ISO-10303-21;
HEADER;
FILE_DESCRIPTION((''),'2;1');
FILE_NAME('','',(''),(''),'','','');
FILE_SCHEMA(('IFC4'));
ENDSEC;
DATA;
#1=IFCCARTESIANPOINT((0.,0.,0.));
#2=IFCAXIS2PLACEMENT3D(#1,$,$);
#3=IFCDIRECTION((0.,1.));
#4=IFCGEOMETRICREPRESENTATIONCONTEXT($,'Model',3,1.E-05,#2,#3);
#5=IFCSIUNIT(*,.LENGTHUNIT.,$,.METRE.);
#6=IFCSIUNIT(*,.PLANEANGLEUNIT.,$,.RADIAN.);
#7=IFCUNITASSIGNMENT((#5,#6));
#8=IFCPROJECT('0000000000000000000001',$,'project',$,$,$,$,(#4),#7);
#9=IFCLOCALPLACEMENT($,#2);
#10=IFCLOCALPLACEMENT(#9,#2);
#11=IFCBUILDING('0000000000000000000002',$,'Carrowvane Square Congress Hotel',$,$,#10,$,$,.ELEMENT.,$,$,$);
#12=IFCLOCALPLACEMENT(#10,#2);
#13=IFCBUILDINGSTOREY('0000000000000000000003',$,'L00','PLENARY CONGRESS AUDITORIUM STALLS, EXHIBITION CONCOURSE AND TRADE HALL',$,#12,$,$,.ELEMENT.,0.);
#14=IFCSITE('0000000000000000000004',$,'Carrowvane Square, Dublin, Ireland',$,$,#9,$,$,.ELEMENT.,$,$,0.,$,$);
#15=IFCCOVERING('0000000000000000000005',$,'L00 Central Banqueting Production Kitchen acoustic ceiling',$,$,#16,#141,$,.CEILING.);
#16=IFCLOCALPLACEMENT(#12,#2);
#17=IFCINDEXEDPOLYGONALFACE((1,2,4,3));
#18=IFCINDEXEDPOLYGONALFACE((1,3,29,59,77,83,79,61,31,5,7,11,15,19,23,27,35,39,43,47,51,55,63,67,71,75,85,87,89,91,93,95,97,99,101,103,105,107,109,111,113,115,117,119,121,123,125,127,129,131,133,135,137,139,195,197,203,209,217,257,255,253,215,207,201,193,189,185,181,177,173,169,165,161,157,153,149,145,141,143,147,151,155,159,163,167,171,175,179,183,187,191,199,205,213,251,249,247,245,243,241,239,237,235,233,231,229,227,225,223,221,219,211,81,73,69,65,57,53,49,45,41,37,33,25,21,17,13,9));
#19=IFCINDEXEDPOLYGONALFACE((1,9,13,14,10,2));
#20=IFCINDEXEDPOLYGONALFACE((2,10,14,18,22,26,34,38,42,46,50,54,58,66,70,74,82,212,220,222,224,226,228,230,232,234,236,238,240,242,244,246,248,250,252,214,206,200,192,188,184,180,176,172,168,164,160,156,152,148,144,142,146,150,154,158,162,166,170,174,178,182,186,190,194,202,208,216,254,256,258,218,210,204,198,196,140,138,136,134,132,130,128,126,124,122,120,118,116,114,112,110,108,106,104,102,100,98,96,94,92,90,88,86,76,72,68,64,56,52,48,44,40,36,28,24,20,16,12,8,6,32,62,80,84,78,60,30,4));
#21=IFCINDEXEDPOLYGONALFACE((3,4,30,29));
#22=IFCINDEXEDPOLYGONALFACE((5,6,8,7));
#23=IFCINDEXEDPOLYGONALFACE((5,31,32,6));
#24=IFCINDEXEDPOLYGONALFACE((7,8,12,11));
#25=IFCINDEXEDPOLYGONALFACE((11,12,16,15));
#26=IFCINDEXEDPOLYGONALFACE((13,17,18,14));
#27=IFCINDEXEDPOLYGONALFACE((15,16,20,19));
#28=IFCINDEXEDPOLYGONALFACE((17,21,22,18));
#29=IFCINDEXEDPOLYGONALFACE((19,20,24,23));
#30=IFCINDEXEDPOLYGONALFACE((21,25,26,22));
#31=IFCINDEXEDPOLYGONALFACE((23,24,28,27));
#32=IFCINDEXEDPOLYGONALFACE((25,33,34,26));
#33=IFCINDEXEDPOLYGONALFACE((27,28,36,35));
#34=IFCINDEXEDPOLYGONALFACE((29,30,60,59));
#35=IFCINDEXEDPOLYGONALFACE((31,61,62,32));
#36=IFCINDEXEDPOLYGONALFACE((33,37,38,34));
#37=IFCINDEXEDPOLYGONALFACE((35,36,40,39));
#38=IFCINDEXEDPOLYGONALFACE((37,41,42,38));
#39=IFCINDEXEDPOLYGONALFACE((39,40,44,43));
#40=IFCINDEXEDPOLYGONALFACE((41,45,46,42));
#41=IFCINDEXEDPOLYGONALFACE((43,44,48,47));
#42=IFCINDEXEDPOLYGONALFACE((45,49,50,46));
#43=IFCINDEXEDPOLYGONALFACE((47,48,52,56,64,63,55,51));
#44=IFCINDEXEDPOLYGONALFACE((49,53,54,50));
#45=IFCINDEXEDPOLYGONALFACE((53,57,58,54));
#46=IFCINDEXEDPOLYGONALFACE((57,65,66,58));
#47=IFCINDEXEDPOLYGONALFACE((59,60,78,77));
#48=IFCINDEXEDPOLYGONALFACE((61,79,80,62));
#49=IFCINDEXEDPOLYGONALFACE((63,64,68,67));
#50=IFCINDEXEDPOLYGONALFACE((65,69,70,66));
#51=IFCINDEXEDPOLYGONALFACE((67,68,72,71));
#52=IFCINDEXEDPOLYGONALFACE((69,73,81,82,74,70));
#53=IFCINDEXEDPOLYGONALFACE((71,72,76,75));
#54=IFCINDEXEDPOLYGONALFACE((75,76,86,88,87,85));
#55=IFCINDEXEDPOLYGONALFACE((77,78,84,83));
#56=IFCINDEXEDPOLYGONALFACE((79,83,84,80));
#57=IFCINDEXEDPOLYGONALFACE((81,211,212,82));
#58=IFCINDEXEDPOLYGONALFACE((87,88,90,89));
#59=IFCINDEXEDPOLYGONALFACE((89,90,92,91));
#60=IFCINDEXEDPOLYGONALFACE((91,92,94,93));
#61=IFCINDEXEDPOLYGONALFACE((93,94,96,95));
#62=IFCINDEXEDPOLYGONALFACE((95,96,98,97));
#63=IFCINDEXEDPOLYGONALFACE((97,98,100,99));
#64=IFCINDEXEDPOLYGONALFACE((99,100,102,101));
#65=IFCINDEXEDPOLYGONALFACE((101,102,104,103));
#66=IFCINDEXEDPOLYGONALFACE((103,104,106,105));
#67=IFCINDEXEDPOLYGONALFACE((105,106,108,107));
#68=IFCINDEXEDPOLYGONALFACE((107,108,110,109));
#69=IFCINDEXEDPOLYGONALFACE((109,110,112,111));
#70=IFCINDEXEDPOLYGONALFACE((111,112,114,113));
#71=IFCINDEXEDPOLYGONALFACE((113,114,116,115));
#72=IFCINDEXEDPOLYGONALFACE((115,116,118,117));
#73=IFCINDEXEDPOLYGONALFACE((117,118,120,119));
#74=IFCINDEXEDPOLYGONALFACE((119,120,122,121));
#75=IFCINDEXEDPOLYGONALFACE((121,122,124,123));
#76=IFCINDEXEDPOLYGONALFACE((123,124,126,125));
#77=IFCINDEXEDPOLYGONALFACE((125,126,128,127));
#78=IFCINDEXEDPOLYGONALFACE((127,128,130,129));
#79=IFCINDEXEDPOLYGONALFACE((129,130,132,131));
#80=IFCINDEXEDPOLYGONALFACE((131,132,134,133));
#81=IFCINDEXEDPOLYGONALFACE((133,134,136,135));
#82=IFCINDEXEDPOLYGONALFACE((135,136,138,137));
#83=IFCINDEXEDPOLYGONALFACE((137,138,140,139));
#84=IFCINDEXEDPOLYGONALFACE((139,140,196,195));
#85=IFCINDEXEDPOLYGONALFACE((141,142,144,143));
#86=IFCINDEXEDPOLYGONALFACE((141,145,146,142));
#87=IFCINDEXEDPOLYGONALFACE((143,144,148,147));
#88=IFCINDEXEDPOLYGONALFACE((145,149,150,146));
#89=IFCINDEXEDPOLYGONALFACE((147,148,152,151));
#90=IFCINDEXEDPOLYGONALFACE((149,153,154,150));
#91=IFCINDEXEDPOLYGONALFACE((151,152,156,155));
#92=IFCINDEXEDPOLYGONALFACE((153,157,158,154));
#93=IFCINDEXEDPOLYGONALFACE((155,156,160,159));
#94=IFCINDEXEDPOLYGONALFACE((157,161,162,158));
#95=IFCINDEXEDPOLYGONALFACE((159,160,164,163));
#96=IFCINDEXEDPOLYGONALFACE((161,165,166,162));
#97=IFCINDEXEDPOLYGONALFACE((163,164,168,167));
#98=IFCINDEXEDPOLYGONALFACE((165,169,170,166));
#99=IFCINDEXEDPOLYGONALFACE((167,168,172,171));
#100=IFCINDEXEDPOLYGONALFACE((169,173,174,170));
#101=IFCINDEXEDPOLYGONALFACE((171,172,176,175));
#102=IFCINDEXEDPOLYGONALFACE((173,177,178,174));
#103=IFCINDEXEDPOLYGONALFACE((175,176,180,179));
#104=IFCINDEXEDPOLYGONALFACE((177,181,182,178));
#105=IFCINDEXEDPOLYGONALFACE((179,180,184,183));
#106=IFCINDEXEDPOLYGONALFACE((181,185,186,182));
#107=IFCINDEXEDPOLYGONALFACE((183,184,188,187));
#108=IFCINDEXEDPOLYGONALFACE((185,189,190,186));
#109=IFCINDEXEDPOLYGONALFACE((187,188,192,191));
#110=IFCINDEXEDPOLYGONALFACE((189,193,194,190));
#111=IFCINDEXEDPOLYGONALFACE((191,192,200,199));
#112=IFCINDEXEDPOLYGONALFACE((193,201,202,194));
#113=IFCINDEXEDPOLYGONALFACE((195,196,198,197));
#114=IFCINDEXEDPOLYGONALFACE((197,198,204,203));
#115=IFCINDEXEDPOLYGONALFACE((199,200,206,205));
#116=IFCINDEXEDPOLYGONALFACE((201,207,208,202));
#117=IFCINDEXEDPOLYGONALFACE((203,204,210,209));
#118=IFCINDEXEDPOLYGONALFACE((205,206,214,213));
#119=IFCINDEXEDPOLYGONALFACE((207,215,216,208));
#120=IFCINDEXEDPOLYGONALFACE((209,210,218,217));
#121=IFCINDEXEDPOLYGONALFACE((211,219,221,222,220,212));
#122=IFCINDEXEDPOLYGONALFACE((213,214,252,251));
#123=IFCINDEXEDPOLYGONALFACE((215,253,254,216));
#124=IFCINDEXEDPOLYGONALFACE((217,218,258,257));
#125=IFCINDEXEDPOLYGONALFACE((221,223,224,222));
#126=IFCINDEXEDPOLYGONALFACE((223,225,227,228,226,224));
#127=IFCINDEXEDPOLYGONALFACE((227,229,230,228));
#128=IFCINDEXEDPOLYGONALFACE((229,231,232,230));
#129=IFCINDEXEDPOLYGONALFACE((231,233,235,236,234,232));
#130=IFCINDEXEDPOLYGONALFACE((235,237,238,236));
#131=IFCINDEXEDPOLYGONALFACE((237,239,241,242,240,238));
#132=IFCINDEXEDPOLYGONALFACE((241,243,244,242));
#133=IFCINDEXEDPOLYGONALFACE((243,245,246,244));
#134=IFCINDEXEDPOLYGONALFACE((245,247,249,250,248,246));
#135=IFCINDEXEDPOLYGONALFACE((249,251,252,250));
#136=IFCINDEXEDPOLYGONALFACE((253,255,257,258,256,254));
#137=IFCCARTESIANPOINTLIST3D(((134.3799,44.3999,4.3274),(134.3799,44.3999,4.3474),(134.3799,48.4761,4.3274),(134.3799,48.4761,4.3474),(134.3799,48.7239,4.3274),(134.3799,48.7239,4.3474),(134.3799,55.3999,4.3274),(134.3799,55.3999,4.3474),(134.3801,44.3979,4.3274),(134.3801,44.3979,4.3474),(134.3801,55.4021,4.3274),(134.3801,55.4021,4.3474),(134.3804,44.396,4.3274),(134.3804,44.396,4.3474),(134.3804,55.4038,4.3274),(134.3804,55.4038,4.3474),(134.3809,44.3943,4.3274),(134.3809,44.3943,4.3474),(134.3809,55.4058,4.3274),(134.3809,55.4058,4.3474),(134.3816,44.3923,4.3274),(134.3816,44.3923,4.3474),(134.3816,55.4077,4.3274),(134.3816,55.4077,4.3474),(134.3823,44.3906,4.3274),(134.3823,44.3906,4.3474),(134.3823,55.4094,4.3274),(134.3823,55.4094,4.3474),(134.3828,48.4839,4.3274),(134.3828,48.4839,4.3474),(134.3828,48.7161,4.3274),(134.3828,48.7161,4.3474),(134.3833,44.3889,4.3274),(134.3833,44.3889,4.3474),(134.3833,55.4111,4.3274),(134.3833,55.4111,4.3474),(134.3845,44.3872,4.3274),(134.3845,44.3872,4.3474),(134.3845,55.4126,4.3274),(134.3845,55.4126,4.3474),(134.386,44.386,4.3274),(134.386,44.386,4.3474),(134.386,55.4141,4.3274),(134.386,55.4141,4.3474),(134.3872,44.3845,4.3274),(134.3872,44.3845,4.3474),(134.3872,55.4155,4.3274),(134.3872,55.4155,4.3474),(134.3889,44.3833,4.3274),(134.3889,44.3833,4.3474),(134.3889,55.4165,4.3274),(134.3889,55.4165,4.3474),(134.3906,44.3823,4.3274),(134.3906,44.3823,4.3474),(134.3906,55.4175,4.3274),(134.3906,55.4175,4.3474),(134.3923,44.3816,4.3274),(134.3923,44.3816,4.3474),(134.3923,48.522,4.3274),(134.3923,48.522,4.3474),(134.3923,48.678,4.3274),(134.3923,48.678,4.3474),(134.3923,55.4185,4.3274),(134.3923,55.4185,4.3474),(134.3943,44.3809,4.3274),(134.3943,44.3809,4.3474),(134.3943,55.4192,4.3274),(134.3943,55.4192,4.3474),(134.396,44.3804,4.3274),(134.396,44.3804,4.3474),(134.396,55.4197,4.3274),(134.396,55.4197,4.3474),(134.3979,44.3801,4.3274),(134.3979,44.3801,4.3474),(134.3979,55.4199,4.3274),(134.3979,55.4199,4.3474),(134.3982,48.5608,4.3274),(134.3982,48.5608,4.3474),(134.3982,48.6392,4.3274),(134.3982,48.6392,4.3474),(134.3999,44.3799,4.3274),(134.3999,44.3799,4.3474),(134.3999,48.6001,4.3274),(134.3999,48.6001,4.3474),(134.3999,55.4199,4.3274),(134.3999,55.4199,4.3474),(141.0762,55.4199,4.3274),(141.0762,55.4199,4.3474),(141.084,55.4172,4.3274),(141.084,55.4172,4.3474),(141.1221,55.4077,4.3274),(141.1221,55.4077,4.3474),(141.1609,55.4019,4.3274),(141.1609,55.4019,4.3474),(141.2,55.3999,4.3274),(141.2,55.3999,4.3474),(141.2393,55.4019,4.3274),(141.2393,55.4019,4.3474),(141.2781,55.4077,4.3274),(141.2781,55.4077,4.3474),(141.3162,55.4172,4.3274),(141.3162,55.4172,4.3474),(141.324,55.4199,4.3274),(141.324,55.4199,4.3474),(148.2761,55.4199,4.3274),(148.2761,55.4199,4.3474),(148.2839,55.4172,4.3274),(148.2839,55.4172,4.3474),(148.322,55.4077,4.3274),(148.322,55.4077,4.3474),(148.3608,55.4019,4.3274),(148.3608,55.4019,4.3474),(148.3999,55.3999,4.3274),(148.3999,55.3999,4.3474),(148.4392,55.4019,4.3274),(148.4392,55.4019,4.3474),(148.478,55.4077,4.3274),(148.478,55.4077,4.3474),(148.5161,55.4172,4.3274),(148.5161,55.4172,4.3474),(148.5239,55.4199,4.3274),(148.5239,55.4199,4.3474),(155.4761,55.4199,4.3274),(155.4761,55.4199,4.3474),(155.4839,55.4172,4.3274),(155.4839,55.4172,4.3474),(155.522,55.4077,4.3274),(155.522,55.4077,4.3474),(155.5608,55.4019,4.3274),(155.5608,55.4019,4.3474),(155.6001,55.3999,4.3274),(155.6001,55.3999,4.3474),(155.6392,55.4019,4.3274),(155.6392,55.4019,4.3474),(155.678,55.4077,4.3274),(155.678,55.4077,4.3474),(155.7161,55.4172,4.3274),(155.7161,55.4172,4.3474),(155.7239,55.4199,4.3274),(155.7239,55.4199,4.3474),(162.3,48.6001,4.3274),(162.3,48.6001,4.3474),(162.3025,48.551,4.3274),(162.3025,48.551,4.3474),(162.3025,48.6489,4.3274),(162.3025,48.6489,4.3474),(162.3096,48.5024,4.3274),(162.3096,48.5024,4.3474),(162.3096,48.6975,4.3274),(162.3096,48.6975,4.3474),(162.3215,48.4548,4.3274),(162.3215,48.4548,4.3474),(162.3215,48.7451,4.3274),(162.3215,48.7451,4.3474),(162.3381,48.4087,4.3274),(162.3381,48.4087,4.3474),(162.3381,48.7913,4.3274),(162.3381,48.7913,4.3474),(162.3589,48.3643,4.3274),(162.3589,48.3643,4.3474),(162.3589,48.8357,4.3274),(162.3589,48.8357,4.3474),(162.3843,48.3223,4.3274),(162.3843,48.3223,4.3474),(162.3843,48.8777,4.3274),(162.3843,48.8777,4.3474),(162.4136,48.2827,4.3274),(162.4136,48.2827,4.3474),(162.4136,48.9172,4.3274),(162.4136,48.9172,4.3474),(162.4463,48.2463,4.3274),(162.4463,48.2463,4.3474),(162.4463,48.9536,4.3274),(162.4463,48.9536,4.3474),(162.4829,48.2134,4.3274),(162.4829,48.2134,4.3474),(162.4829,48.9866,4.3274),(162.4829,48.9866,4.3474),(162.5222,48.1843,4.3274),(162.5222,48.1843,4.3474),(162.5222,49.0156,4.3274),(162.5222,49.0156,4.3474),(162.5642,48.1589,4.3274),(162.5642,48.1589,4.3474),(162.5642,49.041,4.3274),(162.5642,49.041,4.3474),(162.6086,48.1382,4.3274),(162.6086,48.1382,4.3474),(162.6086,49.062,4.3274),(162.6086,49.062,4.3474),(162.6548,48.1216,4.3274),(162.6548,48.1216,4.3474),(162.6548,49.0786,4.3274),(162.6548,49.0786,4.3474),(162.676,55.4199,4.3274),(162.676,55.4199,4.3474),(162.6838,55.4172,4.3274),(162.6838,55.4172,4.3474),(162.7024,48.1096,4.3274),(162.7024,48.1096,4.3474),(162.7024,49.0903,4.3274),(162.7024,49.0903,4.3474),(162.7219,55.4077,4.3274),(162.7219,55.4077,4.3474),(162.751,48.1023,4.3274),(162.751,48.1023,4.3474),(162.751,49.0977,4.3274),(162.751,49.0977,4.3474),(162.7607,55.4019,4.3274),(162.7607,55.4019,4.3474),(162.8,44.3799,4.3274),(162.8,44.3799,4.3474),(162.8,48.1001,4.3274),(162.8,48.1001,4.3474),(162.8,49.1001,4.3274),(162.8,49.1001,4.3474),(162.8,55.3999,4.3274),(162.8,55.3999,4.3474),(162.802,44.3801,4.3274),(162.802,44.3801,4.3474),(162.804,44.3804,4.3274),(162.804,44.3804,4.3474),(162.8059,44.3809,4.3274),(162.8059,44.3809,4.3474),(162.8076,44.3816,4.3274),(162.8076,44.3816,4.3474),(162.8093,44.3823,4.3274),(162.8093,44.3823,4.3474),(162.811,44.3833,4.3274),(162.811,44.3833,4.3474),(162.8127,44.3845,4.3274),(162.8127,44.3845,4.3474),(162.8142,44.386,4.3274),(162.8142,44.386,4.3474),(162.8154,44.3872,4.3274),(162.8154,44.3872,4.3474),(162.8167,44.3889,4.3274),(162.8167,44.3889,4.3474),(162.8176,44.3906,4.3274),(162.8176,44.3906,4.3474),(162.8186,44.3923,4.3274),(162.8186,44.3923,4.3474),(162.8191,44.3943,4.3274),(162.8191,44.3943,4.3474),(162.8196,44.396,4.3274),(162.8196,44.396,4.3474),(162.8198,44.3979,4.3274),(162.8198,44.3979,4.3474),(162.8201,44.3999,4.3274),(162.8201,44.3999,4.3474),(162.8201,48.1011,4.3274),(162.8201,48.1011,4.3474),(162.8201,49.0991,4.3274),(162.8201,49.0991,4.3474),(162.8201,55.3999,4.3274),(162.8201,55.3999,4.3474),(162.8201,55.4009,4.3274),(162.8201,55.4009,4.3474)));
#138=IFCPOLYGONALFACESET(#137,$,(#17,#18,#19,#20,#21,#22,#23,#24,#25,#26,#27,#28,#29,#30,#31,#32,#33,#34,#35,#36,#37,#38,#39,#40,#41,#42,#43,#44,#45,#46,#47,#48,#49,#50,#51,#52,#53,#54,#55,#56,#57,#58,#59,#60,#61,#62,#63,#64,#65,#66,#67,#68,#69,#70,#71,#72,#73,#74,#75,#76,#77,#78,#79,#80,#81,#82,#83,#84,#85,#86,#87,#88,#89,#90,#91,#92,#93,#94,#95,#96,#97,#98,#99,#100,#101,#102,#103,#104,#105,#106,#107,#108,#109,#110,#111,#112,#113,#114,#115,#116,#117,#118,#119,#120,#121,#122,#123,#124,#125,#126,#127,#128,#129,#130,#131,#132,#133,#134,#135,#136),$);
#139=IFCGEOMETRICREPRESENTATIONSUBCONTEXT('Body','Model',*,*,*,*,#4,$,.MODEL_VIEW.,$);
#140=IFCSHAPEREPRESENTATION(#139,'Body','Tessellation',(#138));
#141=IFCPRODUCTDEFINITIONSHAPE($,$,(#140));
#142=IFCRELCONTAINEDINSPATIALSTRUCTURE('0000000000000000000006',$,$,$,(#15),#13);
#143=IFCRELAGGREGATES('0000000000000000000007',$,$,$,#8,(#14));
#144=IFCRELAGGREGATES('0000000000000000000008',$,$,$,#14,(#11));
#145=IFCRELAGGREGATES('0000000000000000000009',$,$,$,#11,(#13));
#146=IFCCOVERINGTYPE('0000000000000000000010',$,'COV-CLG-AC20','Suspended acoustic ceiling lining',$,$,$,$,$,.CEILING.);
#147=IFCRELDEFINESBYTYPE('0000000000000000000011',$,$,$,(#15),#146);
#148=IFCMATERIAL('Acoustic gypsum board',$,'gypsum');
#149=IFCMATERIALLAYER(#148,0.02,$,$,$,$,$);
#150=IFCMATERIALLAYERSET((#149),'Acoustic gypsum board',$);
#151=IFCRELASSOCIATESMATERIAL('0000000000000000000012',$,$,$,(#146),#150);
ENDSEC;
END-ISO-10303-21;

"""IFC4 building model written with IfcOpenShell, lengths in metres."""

from ifc_helpers import new_model, si_unit, direction, frame, origin, place, context, subcontext, project, spatial, polyline, outline, extrude, material, layer, layer_set, type_object, element, save


model = new_model("IFC4")

# Units and contexts
model_context = context("Model", 3, precision=1e-05, world=origin(), true_north=direction((0.0, 1.0)))
body_context = subcontext(model_context, "Body", "Model", "MODEL_VIEW")
ifc_project = project(units=[si_unit("LENGTHUNIT", "METRE"), si_unit("PLANEANGLEUNIT", "RADIAN")], contexts=[model_context])

# Site, building, storey
site_placement = place(None, origin())
site = spatial("IfcSite", under=ifc_project, at=site_placement, Name="Carrowvane Square, Dublin, Ireland", CompositionType="ELEMENT", RefElevation=0.0)
building_placement = place(site_placement, origin())
building = spatial("IfcBuilding", under=site, at=building_placement, Name="Carrowvane Square Congress Hotel", CompositionType="ELEMENT")
storey_placement = place(building_placement, origin())
storey = spatial("IfcBuildingStorey", under=building, at=storey_placement, Name="L00", Description="PLENARY CONGRESS AUDITORIUM STALLS, EXHIBITION CONCOURSE AND TRADE HALL", CompositionType="ELEMENT", Elevation=0.0)

# Covering
ifc_material_1 = material(Name="Acoustic gypsum board", Category="gypsum")
ifc_layer_1 = layer(ifc_material_1, 0.02)
ifc_layer_set_1 = layer_set([ifc_layer_1], Name="Acoustic gypsum board")
covering_type_1 = type_object("IfcCoveringType", Name="COV-CLG-AC20", Description="Suspended acoustic ceiling lining", PredefinedType="CEILING", material=ifc_layer_set_1)
covering_1_placement = place(storey_placement, frame((0.0, 0.0, 4.3274)))
element("IfcCovering", 1, at=covering_1_placement, inside=storey, type_object=covering_type_1, Name="L00 Central Banqueting Production Kitchen acoustic ceiling", PredefinedType="CEILING", context=body_context, shape_type="SweptSolid", body=[
    extrude(outline(polyline([(162.3381, 48.4087), (162.3589, 48.3643), (162.3843, 48.3223), (162.4136, 48.2827), (162.4463, 48.2463), (162.4829, 48.2134), (162.5222, 48.1843), (162.5642, 48.1589), (162.6086, 48.1382), (162.6548, 48.1216), (162.7024, 48.1096), (162.751, 48.1023), (162.8, 48.1001), (162.8201, 48.1011), (162.8201, 44.3999), (162.8198, 44.3979), (162.8196, 44.396), (162.8191, 44.3943), (162.8186, 44.3923), (162.8176, 44.3906), (162.8167, 44.3889), (162.8154, 44.3872), (162.8142, 44.386), (162.8127, 44.3845), (162.811, 44.3833), (162.8093, 44.3823), (162.8076, 44.3816), (162.8059, 44.3809), (162.804, 44.3804), (162.802, 44.3801), (162.8, 44.3799), (134.3999, 44.3799), (134.3979, 44.3801), (134.396, 44.3804), (134.3943, 44.3809), (134.3923, 44.3816), (134.3906, 44.3823), (134.3889, 44.3833), (134.3872, 44.3845), (134.386, 44.386), (134.3845, 44.3872), (134.3833, 44.3889), (134.3823, 44.3906), (134.3816, 44.3923), (134.3809, 44.3943), (134.3804, 44.396), (134.3801, 44.3979), (134.3799, 44.3999), (134.3799, 48.4761), (134.3828, 48.4839), (134.3923, 48.522), (134.3982, 48.5608), (134.3999, 48.6001), (134.3982, 48.6392), (134.3923, 48.678), (134.3828, 48.7161), (134.3799, 48.7239), (134.3799, 55.3999), (134.3801, 55.4021), (134.3804, 55.4038), (134.3809, 55.4058), (134.3816, 55.4077), (134.3823, 55.4094), (134.3833, 55.4111), (134.3845, 55.4126), (134.386, 55.4141), (134.3872, 55.4155), (134.3889, 55.4165), (134.3906, 55.4175), (134.3923, 55.4185), (134.3943, 55.4192), (134.396, 55.4197), (134.3979, 55.4199), (134.3999, 55.4199), (141.0762, 55.4199), (141.084, 55.4172), (141.1221, 55.4077), (141.1609, 55.4019), (141.2, 55.3999), (141.2393, 55.4019), (141.2781, 55.4077), (141.3162, 55.4172), (141.324, 55.4199), (148.2761, 55.4199), (148.2839, 55.4172), (148.322, 55.4077), (148.3608, 55.4019), (148.3999, 55.3999), (148.4392, 55.4019), (148.478, 55.4077), (148.5161, 55.4172), (148.5239, 55.4199), (155.4761, 55.4199), (155.4839, 55.4172), (155.522, 55.4077), (155.5608, 55.4019), (155.6001, 55.3999), (155.6392, 55.4019), (155.678, 55.4077), (155.7161, 55.4172), (155.7239, 55.4199), (162.676, 55.4199), (162.6838, 55.4172), (162.7219, 55.4077), (162.7607, 55.4019), (162.8, 55.3999), (162.8201, 55.4009), (162.8201, 55.3999), (162.8201, 49.0991), (162.8, 49.1001), (162.751, 49.0977), (162.7024, 49.0903), (162.6548, 49.0786), (162.6086, 49.062), (162.5642, 49.041), (162.5222, 49.0156), (162.4829, 48.9866), (162.4463, 48.9536), (162.4136, 48.9172), (162.3843, 48.8777), (162.3589, 48.8357), (162.3381, 48.7913), (162.3215, 48.7451), (162.3096, 48.6975), (162.3025, 48.6489), (162.3, 48.6001), (162.3025, 48.551), (162.3096, 48.5024), (162.3215, 48.4548), (162.3381, 48.4087)])), origin(), (0.0, 0.0, 1.0), 0.02),
])

save(model, "model.ifc")
